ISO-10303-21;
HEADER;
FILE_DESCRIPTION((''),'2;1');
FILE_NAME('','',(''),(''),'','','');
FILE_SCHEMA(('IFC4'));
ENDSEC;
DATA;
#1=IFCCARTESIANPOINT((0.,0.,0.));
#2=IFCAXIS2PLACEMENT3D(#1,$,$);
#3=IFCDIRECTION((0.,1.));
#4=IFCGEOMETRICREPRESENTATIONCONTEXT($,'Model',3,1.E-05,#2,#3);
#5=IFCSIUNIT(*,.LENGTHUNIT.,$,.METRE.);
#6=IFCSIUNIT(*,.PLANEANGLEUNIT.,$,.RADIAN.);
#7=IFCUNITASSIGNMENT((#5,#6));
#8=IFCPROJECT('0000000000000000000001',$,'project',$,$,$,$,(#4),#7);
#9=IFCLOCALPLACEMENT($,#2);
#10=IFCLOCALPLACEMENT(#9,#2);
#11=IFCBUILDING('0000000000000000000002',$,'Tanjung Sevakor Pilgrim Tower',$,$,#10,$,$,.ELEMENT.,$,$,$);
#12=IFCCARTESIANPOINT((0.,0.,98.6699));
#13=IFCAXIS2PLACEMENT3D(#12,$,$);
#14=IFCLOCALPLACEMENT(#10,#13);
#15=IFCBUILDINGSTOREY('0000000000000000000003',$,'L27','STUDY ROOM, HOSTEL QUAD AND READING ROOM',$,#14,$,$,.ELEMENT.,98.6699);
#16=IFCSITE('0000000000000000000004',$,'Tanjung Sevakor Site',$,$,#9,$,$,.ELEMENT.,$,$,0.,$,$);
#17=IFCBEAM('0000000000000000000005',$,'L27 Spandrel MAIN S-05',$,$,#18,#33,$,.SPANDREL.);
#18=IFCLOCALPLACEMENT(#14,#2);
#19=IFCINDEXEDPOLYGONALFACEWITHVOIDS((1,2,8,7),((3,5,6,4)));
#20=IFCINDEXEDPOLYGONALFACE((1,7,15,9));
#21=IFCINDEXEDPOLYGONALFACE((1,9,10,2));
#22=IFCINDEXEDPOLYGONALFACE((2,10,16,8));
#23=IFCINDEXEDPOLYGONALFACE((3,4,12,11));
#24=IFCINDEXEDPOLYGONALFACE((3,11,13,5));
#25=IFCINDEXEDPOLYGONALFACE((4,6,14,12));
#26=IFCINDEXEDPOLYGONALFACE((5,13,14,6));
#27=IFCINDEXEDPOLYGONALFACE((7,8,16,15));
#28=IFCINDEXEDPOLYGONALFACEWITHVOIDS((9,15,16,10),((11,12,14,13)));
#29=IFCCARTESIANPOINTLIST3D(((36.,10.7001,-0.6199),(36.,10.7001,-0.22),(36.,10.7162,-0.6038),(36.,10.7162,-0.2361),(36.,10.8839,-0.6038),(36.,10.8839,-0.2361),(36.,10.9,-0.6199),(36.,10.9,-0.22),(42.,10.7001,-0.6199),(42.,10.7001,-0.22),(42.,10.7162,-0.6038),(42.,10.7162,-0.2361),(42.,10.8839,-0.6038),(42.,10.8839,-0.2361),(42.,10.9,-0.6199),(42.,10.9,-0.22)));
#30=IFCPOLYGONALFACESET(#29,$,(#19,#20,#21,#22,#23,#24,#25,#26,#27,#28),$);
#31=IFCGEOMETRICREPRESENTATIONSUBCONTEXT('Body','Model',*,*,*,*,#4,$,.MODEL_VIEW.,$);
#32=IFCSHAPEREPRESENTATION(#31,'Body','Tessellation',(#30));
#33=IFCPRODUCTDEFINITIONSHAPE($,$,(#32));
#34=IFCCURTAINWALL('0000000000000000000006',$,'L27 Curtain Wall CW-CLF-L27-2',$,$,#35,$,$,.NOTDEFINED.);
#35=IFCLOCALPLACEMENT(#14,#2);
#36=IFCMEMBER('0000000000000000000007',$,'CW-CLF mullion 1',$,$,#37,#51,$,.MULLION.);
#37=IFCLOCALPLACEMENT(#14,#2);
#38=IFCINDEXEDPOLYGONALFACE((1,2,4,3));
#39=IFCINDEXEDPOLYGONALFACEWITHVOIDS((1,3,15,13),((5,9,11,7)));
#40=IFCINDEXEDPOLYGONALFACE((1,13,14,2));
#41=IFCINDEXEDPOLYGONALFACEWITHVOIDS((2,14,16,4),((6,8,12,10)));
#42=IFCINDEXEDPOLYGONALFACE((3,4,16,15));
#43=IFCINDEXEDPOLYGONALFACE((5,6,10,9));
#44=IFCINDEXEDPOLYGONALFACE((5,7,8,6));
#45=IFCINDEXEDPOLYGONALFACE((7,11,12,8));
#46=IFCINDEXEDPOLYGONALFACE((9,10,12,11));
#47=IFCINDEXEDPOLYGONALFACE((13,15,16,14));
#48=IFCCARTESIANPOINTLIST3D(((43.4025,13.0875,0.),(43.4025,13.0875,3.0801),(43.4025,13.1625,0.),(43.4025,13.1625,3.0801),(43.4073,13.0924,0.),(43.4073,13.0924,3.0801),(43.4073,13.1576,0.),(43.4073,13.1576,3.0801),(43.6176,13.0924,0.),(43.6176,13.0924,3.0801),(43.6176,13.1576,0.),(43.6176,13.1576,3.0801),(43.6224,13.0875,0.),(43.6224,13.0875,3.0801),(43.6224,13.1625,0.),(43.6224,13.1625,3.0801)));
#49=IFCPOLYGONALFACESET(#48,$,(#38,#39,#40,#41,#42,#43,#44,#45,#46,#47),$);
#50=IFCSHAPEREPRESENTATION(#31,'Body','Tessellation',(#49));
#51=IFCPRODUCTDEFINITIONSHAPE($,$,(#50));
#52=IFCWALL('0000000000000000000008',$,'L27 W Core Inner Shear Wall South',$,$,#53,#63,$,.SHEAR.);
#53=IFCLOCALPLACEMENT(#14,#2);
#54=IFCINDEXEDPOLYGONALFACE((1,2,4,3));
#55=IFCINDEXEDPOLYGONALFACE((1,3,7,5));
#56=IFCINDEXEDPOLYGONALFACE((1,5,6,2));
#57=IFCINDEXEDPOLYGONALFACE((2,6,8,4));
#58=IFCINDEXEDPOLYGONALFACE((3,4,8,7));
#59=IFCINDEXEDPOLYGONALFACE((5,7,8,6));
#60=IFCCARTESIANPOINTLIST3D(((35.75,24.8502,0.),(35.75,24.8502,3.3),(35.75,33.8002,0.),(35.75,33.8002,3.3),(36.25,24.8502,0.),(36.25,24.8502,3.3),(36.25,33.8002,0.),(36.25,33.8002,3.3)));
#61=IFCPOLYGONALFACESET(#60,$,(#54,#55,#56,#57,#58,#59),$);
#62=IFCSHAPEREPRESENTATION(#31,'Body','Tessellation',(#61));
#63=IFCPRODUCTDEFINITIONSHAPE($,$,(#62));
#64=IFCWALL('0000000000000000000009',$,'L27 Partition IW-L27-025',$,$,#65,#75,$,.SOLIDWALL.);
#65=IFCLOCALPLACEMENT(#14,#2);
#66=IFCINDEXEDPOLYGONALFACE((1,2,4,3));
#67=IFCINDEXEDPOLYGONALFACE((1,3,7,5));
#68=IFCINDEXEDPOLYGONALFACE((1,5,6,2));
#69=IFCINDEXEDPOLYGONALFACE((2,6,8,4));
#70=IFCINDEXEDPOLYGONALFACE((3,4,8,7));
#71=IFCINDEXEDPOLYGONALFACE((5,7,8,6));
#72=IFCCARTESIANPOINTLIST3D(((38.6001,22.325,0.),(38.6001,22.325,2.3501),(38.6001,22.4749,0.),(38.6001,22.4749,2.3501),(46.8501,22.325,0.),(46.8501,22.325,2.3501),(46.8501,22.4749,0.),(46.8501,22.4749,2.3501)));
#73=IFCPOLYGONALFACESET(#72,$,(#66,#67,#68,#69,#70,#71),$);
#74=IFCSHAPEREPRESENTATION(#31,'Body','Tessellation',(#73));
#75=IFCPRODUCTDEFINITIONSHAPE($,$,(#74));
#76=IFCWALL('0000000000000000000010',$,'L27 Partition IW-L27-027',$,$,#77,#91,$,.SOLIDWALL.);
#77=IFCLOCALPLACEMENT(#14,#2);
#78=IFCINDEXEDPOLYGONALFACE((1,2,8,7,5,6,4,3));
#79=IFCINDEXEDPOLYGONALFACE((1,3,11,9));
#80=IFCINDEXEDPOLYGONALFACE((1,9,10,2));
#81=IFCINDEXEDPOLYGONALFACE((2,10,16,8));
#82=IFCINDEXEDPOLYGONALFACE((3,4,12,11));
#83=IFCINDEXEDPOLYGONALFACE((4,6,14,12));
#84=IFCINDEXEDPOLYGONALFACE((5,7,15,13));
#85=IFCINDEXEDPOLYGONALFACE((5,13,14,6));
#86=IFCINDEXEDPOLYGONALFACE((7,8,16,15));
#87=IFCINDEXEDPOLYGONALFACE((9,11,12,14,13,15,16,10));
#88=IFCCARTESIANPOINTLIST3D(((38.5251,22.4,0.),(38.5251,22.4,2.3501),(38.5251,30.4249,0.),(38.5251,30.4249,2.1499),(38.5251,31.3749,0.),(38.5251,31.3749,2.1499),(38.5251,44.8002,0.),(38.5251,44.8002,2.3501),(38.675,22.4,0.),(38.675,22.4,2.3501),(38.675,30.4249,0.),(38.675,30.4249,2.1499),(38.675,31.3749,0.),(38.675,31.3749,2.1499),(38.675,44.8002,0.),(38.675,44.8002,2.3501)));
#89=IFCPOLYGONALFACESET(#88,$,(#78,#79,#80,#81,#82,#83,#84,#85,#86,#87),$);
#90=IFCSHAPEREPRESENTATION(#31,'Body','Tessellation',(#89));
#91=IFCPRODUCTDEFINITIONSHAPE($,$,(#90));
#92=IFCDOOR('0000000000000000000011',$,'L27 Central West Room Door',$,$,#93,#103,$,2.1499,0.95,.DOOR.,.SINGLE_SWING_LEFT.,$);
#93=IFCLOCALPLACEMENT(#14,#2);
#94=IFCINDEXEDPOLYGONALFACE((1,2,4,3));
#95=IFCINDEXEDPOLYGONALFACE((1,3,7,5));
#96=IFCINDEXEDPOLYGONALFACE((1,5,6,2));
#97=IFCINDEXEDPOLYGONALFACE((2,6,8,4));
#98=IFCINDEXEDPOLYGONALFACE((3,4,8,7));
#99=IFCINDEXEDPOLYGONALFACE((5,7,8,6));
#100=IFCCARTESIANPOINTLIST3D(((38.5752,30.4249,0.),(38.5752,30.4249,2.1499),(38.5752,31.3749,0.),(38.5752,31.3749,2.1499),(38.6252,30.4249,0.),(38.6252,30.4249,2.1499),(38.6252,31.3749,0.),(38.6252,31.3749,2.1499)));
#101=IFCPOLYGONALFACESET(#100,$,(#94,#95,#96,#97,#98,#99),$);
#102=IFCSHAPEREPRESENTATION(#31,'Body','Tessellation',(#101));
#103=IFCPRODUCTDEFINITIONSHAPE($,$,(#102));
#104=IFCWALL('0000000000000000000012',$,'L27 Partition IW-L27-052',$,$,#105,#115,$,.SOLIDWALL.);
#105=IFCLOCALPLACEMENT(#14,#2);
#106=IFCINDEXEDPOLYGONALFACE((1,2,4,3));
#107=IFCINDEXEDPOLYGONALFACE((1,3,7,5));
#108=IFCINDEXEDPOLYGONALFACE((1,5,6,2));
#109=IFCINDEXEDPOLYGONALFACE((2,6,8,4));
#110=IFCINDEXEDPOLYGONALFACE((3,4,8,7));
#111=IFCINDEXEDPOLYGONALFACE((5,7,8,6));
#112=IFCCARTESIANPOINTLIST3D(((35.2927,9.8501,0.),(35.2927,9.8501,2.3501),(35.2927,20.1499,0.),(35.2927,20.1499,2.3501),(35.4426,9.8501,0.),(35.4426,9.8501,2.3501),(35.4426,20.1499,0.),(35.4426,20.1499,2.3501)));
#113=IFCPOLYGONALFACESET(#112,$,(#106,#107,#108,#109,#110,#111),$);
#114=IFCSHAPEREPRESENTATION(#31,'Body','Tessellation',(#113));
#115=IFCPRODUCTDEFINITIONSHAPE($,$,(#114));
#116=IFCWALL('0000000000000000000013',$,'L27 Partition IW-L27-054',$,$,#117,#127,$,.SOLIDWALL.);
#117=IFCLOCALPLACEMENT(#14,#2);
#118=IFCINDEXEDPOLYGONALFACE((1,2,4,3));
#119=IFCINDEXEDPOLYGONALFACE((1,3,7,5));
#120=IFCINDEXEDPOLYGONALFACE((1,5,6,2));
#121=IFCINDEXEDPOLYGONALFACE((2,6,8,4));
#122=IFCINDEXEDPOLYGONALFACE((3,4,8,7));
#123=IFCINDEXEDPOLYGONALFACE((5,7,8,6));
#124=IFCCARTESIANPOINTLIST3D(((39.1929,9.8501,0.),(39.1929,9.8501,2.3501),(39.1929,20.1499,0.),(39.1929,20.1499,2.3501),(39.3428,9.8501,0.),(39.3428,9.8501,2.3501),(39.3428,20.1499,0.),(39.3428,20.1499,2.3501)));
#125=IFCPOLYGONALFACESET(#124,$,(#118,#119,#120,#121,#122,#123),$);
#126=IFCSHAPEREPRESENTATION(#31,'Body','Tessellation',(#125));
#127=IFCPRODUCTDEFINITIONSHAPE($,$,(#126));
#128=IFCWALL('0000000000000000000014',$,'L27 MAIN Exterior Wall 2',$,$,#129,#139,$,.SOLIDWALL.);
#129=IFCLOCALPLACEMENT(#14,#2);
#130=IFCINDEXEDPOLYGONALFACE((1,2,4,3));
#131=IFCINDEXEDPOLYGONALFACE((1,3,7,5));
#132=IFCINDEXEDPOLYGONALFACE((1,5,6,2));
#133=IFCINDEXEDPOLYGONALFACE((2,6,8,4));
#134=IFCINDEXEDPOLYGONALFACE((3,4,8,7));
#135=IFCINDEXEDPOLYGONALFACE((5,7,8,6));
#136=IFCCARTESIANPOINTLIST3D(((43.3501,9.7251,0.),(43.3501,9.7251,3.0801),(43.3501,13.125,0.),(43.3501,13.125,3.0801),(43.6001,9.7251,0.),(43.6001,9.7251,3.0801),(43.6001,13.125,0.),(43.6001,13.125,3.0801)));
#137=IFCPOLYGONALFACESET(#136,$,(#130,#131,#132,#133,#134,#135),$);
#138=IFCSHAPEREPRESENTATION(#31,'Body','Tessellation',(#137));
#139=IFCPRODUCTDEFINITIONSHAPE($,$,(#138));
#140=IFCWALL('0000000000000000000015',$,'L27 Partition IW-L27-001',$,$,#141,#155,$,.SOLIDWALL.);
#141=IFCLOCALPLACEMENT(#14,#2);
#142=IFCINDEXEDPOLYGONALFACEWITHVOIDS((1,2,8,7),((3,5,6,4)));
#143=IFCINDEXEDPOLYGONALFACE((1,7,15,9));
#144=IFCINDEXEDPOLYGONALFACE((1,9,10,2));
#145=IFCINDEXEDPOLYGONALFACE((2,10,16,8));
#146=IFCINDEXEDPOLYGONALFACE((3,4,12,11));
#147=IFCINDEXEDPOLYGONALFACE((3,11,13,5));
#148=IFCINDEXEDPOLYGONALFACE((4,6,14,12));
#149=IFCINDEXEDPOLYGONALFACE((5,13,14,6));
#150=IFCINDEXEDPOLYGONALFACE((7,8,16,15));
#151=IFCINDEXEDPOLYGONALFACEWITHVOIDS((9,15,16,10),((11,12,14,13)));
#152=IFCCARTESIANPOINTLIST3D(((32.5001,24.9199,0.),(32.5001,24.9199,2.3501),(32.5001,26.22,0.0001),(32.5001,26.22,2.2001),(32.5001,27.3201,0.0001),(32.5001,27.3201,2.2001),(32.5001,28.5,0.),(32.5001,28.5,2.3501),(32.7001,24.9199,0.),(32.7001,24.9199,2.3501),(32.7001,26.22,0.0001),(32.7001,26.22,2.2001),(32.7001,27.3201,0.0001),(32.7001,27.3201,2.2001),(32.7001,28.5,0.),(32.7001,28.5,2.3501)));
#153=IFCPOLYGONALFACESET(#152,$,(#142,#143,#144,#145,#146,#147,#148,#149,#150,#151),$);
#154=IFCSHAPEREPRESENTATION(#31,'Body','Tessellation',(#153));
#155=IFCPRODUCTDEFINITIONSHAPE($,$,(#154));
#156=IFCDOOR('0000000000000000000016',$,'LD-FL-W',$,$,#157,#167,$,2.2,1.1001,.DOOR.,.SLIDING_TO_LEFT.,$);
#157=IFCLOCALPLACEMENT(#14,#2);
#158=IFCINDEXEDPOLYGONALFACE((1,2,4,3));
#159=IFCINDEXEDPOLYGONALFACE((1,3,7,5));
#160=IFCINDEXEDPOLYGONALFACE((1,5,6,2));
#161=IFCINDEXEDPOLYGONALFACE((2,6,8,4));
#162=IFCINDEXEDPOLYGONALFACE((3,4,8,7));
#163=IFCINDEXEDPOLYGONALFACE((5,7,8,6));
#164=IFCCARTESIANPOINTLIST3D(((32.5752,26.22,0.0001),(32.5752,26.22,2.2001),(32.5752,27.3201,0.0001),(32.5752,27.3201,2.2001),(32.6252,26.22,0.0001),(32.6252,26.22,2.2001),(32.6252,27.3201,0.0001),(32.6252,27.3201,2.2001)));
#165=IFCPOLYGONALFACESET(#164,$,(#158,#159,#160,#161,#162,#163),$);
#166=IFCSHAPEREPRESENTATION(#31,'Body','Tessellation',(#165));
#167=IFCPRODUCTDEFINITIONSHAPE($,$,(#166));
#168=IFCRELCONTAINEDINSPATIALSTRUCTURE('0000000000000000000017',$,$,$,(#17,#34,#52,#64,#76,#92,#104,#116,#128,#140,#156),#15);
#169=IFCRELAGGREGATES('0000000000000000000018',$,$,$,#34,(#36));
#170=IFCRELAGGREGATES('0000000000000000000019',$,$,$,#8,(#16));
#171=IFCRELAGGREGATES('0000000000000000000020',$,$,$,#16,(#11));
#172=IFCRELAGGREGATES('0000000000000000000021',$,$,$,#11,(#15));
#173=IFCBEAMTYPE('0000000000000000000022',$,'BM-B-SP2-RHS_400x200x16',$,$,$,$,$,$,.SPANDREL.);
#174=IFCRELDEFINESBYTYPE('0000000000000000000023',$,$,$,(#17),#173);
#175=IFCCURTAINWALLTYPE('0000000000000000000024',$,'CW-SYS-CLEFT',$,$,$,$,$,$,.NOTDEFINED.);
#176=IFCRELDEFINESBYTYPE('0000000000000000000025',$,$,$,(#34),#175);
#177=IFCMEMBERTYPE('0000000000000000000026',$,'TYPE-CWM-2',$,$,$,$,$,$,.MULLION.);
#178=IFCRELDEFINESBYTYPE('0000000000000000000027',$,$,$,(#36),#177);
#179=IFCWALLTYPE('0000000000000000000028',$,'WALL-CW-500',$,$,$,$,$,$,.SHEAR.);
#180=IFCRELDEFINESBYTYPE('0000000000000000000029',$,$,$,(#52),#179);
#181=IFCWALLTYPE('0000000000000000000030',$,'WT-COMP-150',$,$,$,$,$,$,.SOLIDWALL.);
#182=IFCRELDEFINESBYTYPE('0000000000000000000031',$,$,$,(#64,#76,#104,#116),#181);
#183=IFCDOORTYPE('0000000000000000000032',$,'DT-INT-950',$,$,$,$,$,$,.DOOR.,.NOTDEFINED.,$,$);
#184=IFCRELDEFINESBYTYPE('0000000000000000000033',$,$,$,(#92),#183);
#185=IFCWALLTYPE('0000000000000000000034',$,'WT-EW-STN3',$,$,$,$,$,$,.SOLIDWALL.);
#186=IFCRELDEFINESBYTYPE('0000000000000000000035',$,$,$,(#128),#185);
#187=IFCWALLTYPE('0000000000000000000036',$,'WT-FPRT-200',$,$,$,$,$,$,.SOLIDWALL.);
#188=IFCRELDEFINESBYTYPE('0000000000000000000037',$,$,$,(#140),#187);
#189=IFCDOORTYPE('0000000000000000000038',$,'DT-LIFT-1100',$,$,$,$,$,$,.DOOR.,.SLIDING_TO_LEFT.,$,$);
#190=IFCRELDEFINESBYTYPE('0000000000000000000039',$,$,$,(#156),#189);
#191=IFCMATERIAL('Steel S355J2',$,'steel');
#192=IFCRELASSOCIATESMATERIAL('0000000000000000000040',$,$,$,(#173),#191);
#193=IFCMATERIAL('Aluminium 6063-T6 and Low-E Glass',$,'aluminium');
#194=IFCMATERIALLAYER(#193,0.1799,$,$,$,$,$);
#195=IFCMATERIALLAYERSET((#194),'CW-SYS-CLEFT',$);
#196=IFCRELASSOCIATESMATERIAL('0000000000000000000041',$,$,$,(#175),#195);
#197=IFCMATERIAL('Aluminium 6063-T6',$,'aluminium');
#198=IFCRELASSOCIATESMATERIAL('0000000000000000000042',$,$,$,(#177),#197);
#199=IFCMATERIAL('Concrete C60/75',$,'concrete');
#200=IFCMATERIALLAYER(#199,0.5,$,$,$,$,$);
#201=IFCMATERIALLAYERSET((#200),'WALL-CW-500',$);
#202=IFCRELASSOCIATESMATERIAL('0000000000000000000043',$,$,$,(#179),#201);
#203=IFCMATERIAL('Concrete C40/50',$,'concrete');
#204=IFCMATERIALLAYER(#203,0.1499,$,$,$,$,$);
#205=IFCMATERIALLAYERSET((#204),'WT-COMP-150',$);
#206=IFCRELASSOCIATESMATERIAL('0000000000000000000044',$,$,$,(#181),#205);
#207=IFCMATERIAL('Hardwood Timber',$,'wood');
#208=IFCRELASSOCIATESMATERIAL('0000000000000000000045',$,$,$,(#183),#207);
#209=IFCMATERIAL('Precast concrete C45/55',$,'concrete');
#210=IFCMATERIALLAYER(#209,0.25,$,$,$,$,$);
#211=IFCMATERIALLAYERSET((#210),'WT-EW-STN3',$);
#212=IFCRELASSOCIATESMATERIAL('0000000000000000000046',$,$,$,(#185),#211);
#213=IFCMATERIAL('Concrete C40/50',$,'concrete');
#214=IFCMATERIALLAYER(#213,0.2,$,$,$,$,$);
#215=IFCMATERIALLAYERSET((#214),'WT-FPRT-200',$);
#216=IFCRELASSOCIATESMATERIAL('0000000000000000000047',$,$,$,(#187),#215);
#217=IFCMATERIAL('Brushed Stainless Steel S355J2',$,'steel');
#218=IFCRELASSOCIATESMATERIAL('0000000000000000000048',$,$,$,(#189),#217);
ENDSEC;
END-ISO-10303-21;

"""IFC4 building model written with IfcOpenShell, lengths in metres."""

from ifc_helpers import new_model, si_unit, direction, frame, frame_2d, origin, origin_2d, place, context, subcontext, project, spatial, rectangle, hollow_rectangle, extrude, material, layer, layer_set, material_profile, profile_set, type_object, element, fill, aggregate, save


model = new_model("IFC4")

# Units and contexts
model_context = context("Model", 3, precision=1e-05, world=origin(), true_north=direction((0.0, 1.0)))
body_context = subcontext(model_context, "Body", "Model", "MODEL_VIEW")
ifc_project = project(units=[si_unit("LENGTHUNIT", "METRE"), si_unit("PLANEANGLEUNIT", "RADIAN")], contexts=[model_context])

# Site, building, storey
site_placement = place(None, origin())
site = spatial("IfcSite", under=ifc_project, at=site_placement, Name="Tanjung Sevakor Site", CompositionType="ELEMENT", RefElevation=0.0)
building_placement = place(site_placement, origin())
building = spatial("IfcBuilding", under=site, at=building_placement, Name="Tanjung Sevakor Pilgrim Tower", CompositionType="ELEMENT")
storey_placement = place(building_placement, frame((0.0, 0.0, 98.6699)))
storey = spatial("IfcBuildingStorey", under=building, at=storey_placement, Name="L27", Description="STUDY ROOM, HOSTEL QUAD AND READING ROOM", CompositionType="ELEMENT", Elevation=98.6699)

# Beam
ifc_material_1 = material(Name="Steel S355J2", Category="steel")
ifc_material_profile_1 = material_profile(ifc_material_1, hollow_rectangle(XDim=0.2, YDim=0.3999, WallThickness=0.0161, at=origin_2d()))
ifc_profile_set_1 = profile_set([ifc_material_profile_1], Name="Steel S355J2")
beam_type_1 = type_object("IfcBeamType", Name="BM-B-SP2-RHS_400x200x16", PredefinedType="SPANDREL", material=ifc_profile_set_1)
beam_1_placement = place(storey_placement, frame((36.0, 10.8, -0.4199), z_axis=(1.0, 0.0, 0.0), x_axis=(0.0, 1.0, 0.0)))
element("IfcBeam", 1, at=beam_1_placement, inside=storey, type_object=beam_type_1, Name="L27 Spandrel MAIN S-05", PredefinedType="SPANDREL", context=body_context, shape_type="SweptSolid", body=[
    extrude(hollow_rectangle(XDim=0.2, YDim=0.3999, WallThickness=0.0161, at=origin_2d()), origin(), (0.0, 0.0, 1.0), 6.0),
])

# Curtain wall, member
ifc_material_2 = material(Name="Aluminium 6063-T6 and Low-E Glass", Category="aluminium")
ifc_layer_1 = layer(ifc_material_2, 0.1799)
ifc_layer_set_1 = layer_set([ifc_layer_1], Name="CW-SYS-CLEFT")
curtain_wall_type = type_object("IfcCurtainWallType", Name="CW-SYS-CLEFT", PredefinedType="NOTDEFINED", material=ifc_layer_set_1)
curtain_wall_placement = place(storey_placement, origin())
curtain_wall = element("IfcCurtainWall", 2, at=curtain_wall_placement, inside=storey, type_object=curtain_wall_type, Name="L27 Curtain Wall CW-CLF-L27-2", PredefinedType="NOTDEFINED")
ifc_material_3 = material(Name="Aluminium 6063-T6", Category="aluminium")
ifc_material_profile_2 = material_profile(ifc_material_3, hollow_rectangle(XDim=0.075, YDim=0.22, WallThickness=0.0049, at=origin_2d()))
ifc_profile_set_2 = profile_set([ifc_material_profile_2], Name="Aluminium 6063-T6")
member_type = type_object("IfcMemberType", Name="TYPE-CWM-2", PredefinedType="MULLION", material=ifc_profile_set_2)
member_placement = place(storey_placement, frame((43.5125, 13.125, 0.0), z_axis=(0.0, 0.0, 1.0), x_axis=(0.0, 1.0, 0.0)))
member = element("IfcMember", 3, at=member_placement, type_object=member_type, Name="CW-CLF mullion 1", PredefinedType="MULLION", context=body_context, shape_type="SweptSolid", body=[
    extrude(hollow_rectangle(XDim=0.075, YDim=0.22, WallThickness=0.0049, at=origin_2d()), origin(), (0.0, 0.0, 1.0), 3.0801),
])
aggregate(curtain_wall, [member])

# Wall
ifc_material_4 = material(Name="Concrete C60/75", Category="concrete")
ifc_layer_2 = layer(ifc_material_4, 0.5)
ifc_layer_set_2 = layer_set([ifc_layer_2], Name="WALL-CW-500")
wall_type_1 = type_object("IfcWallType", Name="WALL-CW-500", PredefinedType="SHEAR", material=ifc_layer_set_2)
wall_1_placement = place(storey_placement, frame((36.0, 24.8501, 0.0), z_axis=(0.0, 0.0, 1.0), x_axis=(0.0, 1.0, 0.0)))
element("IfcWall", 4, at=wall_1_placement, inside=storey, type_object=wall_type_1, Name="L27 W Core Inner Shear Wall South", PredefinedType="SHEAR", context=body_context, shape_type="SweptSolid", body=[
    extrude(rectangle(XDim=8.95, YDim=0.5, at=frame_2d((4.4751, 0.0))), origin(), (0.0, 0.0, 1.0), 3.3),
])

# Shared definitions
ifc_material_5 = material(Name="Concrete C40/50", Category="concrete")
ifc_layer_3 = layer(ifc_material_5, 0.1499)
ifc_layer_set_3 = layer_set([ifc_layer_3], Name="WT-COMP-150")
wall_type_2 = type_object("IfcWallType", Name="WT-COMP-150", PredefinedType="SOLIDWALL", material=ifc_layer_set_3)

# Wall
wall_2_placement = place(storey_placement, frame((38.6001, 22.3999, 0.0), z_axis=(0.0, 0.0, 1.0), x_axis=(1.0, 0.0, 0.0)))
element("IfcWall", 5, at=wall_2_placement, inside=storey, type_object=wall_type_2, Name="L27 Partition IW-L27-025", PredefinedType="SOLIDWALL", context=body_context, shape_type="SweptSolid", body=[
    extrude(rectangle(XDim=8.25, YDim=0.1499, at=frame_2d((4.125, 0.0))), origin(), (0.0, 0.0, 1.0), 2.3501),
])

# Wall, opening, door
wall_3_placement = place(storey_placement, frame((38.6001, 22.3999, 0.0), z_axis=(0.0, 0.0, 1.0), x_axis=(0.0, 1.0, 0.0)))
wall_3 = element("IfcWall", 6, at=wall_3_placement, inside=storey, type_object=wall_type_2, Name="L27 Partition IW-L27-027", PredefinedType="SOLIDWALL", context=body_context, shape_type="SweptSolid", body=[
    extrude(rectangle(XDim=22.4001, YDim=0.1499, at=frame_2d((11.2002, 0.0))), origin(), (0.0, 0.0, 1.0), 2.3501),
])
opening_1_placement = place(wall_3_placement, frame((8.0249, 0.0, 0.0)))
opening_1 = element("IfcOpeningElement", 7, at=opening_1_placement, cuts=wall_3, PredefinedType="OPENING", context=body_context, shape_type="SweptSolid", body=[
    extrude(rectangle(XDim=0.95, YDim=2.1499, at=frame_2d((0.4751, 1.075))), frame((0.0, 0.085, 0.0), z_axis=(0.0, -1.0, 0.0), x_axis=(1.0, 0.0, 0.0)), (0.0, 0.0, 1.0), 0.1699),
])
ifc_material_6 = material(Name="Hardwood Timber", Category="wood")
door_type_1 = type_object("IfcDoorType", Name="DT-INT-950", OperationType="NOTDEFINED", PredefinedType="DOOR", material=ifc_material_6)
door_1_placement = place(opening_1_placement, origin())
door_1 = element("IfcDoor", 8, at=door_1_placement, inside=storey, type_object=door_type_1, Name="L27 Central West Room Door", OperationType="SINGLE_SWING_LEFT", OverallHeight=2.1499, OverallWidth=0.95, PredefinedType="DOOR", context=body_context, shape_type="SweptSolid", body=[
    extrude(rectangle(XDim=0.95, YDim=2.1499, at=frame_2d((0.4751, 1.075))), frame((0.0, 0.0249, 0.0), z_axis=(0.0, -1.0, 0.0), x_axis=(1.0, 0.0, 0.0)), (0.0, 0.0, 1.0), 0.05),
])
fill(opening_1, door_1)

# Wall
wall_4_placement = place(storey_placement, frame((35.3677, 9.8501, 0.0), z_axis=(0.0, 0.0, 1.0), x_axis=(0.0, 1.0, 0.0)))
element("IfcWall", 9, at=wall_4_placement, inside=storey, type_object=wall_type_2, Name="L27 Partition IW-L27-052", PredefinedType="SOLIDWALL", context=body_context, shape_type="SweptSolid", body=[
    extrude(rectangle(XDim=10.2998, YDim=0.1499, at=frame_2d((5.1499, 0.0))), origin(), (0.0, 0.0, 1.0), 2.3501),
])

# Wall
wall_5_placement = place(storey_placement, frame((39.2678, 9.8501, 0.0), z_axis=(0.0, 0.0, 1.0), x_axis=(0.0, 1.0, 0.0)))
element("IfcWall", 10, at=wall_5_placement, inside=storey, type_object=wall_type_2, Name="L27 Partition IW-L27-054", PredefinedType="SOLIDWALL", context=body_context, shape_type="SweptSolid", body=[
    extrude(rectangle(XDim=10.2998, YDim=0.1499, at=frame_2d((5.1499, 0.0))), origin(), (0.0, 0.0, 1.0), 2.3501),
])

# Wall
ifc_material_7 = material(Name="Precast concrete C45/55", Category="concrete")
ifc_layer_4 = layer(ifc_material_7, 0.25)
ifc_layer_set_4 = layer_set([ifc_layer_4], Name="WT-EW-STN3")
wall_type_3 = type_object("IfcWallType", Name="WT-EW-STN3", PredefinedType="SOLIDWALL", material=ifc_layer_set_4)
wall_6_placement = place(storey_placement, frame((43.4751, 9.7251, 0.0), z_axis=(0.0, 0.0, 1.0), x_axis=(0.0, 1.0, 0.0)))
element("IfcWall", 11, at=wall_6_placement, inside=storey, type_object=wall_type_3, Name="L27 MAIN Exterior Wall 2", PredefinedType="SOLIDWALL", context=body_context, shape_type="SweptSolid", body=[
    extrude(rectangle(XDim=3.3999, YDim=0.25, at=frame_2d((1.7, 0.0))), origin(), (0.0, 0.0, 1.0), 3.0801),
])

# Wall, opening, door
ifc_material_8 = material(Name="Concrete C40/50", Category="concrete")
ifc_layer_5 = layer(ifc_material_8, 0.2)
ifc_layer_set_5 = layer_set([ifc_layer_5], Name="WT-FPRT-200")
wall_type_4 = type_object("IfcWallType", Name="WT-FPRT-200", PredefinedType="SOLIDWALL", material=ifc_layer_set_5)
wall_7_placement = place(storey_placement, frame((32.6001, 24.9199, 0.0), z_axis=(0.0, 0.0, 1.0), x_axis=(0.0, 1.0, 0.0)))
wall_7 = element("IfcWall", 12, at=wall_7_placement, inside=storey, type_object=wall_type_4, Name="L27 Partition IW-L27-001", PredefinedType="SOLIDWALL", context=body_context, shape_type="SweptSolid", body=[
    extrude(rectangle(XDim=3.5801, YDim=0.2, at=frame_2d((1.79, 0.0))), origin(), (0.0, 0.0, 1.0), 2.3501),
])
opening_2_placement = place(wall_7_placement, frame((1.3, 0.0, 0.0)))
opening_2 = element("IfcOpeningElement", 13, at=opening_2_placement, cuts=wall_7, PredefinedType="OPENING", context=body_context, shape_type="SweptSolid", body=[
    extrude(rectangle(XDim=1.1001, YDim=2.2, at=frame_2d((0.55, 1.1001))), frame((0.0, 0.1099, 0.0), z_axis=(0.0, -1.0, 0.0), x_axis=(1.0, 0.0, 0.0)), (0.0, 0.0, 1.0), 0.22),
])
ifc_material_9 = material(Name="Brushed Stainless Steel S355J2", Category="steel")
door_type_2 = type_object("IfcDoorType", Name="DT-LIFT-1100", OperationType="SLIDING_TO_LEFT", PredefinedType="DOOR", material=ifc_material_9)
door_2_placement = place(opening_2_placement, origin())
door_2 = element("IfcDoor", 14, at=door_2_placement, inside=storey, type_object=door_type_2, Name="LD-FL-W", OperationType="SLIDING_TO_LEFT", OverallHeight=2.2, OverallWidth=1.1001, PredefinedType="DOOR", context=body_context, shape_type="SweptSolid", body=[
    extrude(rectangle(XDim=1.1001, YDim=2.2, at=frame_2d((0.55, 1.1001))), frame((0.0, 0.0249, 0.0), z_axis=(0.0, -1.0, 0.0), x_axis=(1.0, 0.0, 0.0)), (0.0, 0.0, 1.0), 0.05),
])
fill(opening_2, door_2)

save(model, "model.ifc")
